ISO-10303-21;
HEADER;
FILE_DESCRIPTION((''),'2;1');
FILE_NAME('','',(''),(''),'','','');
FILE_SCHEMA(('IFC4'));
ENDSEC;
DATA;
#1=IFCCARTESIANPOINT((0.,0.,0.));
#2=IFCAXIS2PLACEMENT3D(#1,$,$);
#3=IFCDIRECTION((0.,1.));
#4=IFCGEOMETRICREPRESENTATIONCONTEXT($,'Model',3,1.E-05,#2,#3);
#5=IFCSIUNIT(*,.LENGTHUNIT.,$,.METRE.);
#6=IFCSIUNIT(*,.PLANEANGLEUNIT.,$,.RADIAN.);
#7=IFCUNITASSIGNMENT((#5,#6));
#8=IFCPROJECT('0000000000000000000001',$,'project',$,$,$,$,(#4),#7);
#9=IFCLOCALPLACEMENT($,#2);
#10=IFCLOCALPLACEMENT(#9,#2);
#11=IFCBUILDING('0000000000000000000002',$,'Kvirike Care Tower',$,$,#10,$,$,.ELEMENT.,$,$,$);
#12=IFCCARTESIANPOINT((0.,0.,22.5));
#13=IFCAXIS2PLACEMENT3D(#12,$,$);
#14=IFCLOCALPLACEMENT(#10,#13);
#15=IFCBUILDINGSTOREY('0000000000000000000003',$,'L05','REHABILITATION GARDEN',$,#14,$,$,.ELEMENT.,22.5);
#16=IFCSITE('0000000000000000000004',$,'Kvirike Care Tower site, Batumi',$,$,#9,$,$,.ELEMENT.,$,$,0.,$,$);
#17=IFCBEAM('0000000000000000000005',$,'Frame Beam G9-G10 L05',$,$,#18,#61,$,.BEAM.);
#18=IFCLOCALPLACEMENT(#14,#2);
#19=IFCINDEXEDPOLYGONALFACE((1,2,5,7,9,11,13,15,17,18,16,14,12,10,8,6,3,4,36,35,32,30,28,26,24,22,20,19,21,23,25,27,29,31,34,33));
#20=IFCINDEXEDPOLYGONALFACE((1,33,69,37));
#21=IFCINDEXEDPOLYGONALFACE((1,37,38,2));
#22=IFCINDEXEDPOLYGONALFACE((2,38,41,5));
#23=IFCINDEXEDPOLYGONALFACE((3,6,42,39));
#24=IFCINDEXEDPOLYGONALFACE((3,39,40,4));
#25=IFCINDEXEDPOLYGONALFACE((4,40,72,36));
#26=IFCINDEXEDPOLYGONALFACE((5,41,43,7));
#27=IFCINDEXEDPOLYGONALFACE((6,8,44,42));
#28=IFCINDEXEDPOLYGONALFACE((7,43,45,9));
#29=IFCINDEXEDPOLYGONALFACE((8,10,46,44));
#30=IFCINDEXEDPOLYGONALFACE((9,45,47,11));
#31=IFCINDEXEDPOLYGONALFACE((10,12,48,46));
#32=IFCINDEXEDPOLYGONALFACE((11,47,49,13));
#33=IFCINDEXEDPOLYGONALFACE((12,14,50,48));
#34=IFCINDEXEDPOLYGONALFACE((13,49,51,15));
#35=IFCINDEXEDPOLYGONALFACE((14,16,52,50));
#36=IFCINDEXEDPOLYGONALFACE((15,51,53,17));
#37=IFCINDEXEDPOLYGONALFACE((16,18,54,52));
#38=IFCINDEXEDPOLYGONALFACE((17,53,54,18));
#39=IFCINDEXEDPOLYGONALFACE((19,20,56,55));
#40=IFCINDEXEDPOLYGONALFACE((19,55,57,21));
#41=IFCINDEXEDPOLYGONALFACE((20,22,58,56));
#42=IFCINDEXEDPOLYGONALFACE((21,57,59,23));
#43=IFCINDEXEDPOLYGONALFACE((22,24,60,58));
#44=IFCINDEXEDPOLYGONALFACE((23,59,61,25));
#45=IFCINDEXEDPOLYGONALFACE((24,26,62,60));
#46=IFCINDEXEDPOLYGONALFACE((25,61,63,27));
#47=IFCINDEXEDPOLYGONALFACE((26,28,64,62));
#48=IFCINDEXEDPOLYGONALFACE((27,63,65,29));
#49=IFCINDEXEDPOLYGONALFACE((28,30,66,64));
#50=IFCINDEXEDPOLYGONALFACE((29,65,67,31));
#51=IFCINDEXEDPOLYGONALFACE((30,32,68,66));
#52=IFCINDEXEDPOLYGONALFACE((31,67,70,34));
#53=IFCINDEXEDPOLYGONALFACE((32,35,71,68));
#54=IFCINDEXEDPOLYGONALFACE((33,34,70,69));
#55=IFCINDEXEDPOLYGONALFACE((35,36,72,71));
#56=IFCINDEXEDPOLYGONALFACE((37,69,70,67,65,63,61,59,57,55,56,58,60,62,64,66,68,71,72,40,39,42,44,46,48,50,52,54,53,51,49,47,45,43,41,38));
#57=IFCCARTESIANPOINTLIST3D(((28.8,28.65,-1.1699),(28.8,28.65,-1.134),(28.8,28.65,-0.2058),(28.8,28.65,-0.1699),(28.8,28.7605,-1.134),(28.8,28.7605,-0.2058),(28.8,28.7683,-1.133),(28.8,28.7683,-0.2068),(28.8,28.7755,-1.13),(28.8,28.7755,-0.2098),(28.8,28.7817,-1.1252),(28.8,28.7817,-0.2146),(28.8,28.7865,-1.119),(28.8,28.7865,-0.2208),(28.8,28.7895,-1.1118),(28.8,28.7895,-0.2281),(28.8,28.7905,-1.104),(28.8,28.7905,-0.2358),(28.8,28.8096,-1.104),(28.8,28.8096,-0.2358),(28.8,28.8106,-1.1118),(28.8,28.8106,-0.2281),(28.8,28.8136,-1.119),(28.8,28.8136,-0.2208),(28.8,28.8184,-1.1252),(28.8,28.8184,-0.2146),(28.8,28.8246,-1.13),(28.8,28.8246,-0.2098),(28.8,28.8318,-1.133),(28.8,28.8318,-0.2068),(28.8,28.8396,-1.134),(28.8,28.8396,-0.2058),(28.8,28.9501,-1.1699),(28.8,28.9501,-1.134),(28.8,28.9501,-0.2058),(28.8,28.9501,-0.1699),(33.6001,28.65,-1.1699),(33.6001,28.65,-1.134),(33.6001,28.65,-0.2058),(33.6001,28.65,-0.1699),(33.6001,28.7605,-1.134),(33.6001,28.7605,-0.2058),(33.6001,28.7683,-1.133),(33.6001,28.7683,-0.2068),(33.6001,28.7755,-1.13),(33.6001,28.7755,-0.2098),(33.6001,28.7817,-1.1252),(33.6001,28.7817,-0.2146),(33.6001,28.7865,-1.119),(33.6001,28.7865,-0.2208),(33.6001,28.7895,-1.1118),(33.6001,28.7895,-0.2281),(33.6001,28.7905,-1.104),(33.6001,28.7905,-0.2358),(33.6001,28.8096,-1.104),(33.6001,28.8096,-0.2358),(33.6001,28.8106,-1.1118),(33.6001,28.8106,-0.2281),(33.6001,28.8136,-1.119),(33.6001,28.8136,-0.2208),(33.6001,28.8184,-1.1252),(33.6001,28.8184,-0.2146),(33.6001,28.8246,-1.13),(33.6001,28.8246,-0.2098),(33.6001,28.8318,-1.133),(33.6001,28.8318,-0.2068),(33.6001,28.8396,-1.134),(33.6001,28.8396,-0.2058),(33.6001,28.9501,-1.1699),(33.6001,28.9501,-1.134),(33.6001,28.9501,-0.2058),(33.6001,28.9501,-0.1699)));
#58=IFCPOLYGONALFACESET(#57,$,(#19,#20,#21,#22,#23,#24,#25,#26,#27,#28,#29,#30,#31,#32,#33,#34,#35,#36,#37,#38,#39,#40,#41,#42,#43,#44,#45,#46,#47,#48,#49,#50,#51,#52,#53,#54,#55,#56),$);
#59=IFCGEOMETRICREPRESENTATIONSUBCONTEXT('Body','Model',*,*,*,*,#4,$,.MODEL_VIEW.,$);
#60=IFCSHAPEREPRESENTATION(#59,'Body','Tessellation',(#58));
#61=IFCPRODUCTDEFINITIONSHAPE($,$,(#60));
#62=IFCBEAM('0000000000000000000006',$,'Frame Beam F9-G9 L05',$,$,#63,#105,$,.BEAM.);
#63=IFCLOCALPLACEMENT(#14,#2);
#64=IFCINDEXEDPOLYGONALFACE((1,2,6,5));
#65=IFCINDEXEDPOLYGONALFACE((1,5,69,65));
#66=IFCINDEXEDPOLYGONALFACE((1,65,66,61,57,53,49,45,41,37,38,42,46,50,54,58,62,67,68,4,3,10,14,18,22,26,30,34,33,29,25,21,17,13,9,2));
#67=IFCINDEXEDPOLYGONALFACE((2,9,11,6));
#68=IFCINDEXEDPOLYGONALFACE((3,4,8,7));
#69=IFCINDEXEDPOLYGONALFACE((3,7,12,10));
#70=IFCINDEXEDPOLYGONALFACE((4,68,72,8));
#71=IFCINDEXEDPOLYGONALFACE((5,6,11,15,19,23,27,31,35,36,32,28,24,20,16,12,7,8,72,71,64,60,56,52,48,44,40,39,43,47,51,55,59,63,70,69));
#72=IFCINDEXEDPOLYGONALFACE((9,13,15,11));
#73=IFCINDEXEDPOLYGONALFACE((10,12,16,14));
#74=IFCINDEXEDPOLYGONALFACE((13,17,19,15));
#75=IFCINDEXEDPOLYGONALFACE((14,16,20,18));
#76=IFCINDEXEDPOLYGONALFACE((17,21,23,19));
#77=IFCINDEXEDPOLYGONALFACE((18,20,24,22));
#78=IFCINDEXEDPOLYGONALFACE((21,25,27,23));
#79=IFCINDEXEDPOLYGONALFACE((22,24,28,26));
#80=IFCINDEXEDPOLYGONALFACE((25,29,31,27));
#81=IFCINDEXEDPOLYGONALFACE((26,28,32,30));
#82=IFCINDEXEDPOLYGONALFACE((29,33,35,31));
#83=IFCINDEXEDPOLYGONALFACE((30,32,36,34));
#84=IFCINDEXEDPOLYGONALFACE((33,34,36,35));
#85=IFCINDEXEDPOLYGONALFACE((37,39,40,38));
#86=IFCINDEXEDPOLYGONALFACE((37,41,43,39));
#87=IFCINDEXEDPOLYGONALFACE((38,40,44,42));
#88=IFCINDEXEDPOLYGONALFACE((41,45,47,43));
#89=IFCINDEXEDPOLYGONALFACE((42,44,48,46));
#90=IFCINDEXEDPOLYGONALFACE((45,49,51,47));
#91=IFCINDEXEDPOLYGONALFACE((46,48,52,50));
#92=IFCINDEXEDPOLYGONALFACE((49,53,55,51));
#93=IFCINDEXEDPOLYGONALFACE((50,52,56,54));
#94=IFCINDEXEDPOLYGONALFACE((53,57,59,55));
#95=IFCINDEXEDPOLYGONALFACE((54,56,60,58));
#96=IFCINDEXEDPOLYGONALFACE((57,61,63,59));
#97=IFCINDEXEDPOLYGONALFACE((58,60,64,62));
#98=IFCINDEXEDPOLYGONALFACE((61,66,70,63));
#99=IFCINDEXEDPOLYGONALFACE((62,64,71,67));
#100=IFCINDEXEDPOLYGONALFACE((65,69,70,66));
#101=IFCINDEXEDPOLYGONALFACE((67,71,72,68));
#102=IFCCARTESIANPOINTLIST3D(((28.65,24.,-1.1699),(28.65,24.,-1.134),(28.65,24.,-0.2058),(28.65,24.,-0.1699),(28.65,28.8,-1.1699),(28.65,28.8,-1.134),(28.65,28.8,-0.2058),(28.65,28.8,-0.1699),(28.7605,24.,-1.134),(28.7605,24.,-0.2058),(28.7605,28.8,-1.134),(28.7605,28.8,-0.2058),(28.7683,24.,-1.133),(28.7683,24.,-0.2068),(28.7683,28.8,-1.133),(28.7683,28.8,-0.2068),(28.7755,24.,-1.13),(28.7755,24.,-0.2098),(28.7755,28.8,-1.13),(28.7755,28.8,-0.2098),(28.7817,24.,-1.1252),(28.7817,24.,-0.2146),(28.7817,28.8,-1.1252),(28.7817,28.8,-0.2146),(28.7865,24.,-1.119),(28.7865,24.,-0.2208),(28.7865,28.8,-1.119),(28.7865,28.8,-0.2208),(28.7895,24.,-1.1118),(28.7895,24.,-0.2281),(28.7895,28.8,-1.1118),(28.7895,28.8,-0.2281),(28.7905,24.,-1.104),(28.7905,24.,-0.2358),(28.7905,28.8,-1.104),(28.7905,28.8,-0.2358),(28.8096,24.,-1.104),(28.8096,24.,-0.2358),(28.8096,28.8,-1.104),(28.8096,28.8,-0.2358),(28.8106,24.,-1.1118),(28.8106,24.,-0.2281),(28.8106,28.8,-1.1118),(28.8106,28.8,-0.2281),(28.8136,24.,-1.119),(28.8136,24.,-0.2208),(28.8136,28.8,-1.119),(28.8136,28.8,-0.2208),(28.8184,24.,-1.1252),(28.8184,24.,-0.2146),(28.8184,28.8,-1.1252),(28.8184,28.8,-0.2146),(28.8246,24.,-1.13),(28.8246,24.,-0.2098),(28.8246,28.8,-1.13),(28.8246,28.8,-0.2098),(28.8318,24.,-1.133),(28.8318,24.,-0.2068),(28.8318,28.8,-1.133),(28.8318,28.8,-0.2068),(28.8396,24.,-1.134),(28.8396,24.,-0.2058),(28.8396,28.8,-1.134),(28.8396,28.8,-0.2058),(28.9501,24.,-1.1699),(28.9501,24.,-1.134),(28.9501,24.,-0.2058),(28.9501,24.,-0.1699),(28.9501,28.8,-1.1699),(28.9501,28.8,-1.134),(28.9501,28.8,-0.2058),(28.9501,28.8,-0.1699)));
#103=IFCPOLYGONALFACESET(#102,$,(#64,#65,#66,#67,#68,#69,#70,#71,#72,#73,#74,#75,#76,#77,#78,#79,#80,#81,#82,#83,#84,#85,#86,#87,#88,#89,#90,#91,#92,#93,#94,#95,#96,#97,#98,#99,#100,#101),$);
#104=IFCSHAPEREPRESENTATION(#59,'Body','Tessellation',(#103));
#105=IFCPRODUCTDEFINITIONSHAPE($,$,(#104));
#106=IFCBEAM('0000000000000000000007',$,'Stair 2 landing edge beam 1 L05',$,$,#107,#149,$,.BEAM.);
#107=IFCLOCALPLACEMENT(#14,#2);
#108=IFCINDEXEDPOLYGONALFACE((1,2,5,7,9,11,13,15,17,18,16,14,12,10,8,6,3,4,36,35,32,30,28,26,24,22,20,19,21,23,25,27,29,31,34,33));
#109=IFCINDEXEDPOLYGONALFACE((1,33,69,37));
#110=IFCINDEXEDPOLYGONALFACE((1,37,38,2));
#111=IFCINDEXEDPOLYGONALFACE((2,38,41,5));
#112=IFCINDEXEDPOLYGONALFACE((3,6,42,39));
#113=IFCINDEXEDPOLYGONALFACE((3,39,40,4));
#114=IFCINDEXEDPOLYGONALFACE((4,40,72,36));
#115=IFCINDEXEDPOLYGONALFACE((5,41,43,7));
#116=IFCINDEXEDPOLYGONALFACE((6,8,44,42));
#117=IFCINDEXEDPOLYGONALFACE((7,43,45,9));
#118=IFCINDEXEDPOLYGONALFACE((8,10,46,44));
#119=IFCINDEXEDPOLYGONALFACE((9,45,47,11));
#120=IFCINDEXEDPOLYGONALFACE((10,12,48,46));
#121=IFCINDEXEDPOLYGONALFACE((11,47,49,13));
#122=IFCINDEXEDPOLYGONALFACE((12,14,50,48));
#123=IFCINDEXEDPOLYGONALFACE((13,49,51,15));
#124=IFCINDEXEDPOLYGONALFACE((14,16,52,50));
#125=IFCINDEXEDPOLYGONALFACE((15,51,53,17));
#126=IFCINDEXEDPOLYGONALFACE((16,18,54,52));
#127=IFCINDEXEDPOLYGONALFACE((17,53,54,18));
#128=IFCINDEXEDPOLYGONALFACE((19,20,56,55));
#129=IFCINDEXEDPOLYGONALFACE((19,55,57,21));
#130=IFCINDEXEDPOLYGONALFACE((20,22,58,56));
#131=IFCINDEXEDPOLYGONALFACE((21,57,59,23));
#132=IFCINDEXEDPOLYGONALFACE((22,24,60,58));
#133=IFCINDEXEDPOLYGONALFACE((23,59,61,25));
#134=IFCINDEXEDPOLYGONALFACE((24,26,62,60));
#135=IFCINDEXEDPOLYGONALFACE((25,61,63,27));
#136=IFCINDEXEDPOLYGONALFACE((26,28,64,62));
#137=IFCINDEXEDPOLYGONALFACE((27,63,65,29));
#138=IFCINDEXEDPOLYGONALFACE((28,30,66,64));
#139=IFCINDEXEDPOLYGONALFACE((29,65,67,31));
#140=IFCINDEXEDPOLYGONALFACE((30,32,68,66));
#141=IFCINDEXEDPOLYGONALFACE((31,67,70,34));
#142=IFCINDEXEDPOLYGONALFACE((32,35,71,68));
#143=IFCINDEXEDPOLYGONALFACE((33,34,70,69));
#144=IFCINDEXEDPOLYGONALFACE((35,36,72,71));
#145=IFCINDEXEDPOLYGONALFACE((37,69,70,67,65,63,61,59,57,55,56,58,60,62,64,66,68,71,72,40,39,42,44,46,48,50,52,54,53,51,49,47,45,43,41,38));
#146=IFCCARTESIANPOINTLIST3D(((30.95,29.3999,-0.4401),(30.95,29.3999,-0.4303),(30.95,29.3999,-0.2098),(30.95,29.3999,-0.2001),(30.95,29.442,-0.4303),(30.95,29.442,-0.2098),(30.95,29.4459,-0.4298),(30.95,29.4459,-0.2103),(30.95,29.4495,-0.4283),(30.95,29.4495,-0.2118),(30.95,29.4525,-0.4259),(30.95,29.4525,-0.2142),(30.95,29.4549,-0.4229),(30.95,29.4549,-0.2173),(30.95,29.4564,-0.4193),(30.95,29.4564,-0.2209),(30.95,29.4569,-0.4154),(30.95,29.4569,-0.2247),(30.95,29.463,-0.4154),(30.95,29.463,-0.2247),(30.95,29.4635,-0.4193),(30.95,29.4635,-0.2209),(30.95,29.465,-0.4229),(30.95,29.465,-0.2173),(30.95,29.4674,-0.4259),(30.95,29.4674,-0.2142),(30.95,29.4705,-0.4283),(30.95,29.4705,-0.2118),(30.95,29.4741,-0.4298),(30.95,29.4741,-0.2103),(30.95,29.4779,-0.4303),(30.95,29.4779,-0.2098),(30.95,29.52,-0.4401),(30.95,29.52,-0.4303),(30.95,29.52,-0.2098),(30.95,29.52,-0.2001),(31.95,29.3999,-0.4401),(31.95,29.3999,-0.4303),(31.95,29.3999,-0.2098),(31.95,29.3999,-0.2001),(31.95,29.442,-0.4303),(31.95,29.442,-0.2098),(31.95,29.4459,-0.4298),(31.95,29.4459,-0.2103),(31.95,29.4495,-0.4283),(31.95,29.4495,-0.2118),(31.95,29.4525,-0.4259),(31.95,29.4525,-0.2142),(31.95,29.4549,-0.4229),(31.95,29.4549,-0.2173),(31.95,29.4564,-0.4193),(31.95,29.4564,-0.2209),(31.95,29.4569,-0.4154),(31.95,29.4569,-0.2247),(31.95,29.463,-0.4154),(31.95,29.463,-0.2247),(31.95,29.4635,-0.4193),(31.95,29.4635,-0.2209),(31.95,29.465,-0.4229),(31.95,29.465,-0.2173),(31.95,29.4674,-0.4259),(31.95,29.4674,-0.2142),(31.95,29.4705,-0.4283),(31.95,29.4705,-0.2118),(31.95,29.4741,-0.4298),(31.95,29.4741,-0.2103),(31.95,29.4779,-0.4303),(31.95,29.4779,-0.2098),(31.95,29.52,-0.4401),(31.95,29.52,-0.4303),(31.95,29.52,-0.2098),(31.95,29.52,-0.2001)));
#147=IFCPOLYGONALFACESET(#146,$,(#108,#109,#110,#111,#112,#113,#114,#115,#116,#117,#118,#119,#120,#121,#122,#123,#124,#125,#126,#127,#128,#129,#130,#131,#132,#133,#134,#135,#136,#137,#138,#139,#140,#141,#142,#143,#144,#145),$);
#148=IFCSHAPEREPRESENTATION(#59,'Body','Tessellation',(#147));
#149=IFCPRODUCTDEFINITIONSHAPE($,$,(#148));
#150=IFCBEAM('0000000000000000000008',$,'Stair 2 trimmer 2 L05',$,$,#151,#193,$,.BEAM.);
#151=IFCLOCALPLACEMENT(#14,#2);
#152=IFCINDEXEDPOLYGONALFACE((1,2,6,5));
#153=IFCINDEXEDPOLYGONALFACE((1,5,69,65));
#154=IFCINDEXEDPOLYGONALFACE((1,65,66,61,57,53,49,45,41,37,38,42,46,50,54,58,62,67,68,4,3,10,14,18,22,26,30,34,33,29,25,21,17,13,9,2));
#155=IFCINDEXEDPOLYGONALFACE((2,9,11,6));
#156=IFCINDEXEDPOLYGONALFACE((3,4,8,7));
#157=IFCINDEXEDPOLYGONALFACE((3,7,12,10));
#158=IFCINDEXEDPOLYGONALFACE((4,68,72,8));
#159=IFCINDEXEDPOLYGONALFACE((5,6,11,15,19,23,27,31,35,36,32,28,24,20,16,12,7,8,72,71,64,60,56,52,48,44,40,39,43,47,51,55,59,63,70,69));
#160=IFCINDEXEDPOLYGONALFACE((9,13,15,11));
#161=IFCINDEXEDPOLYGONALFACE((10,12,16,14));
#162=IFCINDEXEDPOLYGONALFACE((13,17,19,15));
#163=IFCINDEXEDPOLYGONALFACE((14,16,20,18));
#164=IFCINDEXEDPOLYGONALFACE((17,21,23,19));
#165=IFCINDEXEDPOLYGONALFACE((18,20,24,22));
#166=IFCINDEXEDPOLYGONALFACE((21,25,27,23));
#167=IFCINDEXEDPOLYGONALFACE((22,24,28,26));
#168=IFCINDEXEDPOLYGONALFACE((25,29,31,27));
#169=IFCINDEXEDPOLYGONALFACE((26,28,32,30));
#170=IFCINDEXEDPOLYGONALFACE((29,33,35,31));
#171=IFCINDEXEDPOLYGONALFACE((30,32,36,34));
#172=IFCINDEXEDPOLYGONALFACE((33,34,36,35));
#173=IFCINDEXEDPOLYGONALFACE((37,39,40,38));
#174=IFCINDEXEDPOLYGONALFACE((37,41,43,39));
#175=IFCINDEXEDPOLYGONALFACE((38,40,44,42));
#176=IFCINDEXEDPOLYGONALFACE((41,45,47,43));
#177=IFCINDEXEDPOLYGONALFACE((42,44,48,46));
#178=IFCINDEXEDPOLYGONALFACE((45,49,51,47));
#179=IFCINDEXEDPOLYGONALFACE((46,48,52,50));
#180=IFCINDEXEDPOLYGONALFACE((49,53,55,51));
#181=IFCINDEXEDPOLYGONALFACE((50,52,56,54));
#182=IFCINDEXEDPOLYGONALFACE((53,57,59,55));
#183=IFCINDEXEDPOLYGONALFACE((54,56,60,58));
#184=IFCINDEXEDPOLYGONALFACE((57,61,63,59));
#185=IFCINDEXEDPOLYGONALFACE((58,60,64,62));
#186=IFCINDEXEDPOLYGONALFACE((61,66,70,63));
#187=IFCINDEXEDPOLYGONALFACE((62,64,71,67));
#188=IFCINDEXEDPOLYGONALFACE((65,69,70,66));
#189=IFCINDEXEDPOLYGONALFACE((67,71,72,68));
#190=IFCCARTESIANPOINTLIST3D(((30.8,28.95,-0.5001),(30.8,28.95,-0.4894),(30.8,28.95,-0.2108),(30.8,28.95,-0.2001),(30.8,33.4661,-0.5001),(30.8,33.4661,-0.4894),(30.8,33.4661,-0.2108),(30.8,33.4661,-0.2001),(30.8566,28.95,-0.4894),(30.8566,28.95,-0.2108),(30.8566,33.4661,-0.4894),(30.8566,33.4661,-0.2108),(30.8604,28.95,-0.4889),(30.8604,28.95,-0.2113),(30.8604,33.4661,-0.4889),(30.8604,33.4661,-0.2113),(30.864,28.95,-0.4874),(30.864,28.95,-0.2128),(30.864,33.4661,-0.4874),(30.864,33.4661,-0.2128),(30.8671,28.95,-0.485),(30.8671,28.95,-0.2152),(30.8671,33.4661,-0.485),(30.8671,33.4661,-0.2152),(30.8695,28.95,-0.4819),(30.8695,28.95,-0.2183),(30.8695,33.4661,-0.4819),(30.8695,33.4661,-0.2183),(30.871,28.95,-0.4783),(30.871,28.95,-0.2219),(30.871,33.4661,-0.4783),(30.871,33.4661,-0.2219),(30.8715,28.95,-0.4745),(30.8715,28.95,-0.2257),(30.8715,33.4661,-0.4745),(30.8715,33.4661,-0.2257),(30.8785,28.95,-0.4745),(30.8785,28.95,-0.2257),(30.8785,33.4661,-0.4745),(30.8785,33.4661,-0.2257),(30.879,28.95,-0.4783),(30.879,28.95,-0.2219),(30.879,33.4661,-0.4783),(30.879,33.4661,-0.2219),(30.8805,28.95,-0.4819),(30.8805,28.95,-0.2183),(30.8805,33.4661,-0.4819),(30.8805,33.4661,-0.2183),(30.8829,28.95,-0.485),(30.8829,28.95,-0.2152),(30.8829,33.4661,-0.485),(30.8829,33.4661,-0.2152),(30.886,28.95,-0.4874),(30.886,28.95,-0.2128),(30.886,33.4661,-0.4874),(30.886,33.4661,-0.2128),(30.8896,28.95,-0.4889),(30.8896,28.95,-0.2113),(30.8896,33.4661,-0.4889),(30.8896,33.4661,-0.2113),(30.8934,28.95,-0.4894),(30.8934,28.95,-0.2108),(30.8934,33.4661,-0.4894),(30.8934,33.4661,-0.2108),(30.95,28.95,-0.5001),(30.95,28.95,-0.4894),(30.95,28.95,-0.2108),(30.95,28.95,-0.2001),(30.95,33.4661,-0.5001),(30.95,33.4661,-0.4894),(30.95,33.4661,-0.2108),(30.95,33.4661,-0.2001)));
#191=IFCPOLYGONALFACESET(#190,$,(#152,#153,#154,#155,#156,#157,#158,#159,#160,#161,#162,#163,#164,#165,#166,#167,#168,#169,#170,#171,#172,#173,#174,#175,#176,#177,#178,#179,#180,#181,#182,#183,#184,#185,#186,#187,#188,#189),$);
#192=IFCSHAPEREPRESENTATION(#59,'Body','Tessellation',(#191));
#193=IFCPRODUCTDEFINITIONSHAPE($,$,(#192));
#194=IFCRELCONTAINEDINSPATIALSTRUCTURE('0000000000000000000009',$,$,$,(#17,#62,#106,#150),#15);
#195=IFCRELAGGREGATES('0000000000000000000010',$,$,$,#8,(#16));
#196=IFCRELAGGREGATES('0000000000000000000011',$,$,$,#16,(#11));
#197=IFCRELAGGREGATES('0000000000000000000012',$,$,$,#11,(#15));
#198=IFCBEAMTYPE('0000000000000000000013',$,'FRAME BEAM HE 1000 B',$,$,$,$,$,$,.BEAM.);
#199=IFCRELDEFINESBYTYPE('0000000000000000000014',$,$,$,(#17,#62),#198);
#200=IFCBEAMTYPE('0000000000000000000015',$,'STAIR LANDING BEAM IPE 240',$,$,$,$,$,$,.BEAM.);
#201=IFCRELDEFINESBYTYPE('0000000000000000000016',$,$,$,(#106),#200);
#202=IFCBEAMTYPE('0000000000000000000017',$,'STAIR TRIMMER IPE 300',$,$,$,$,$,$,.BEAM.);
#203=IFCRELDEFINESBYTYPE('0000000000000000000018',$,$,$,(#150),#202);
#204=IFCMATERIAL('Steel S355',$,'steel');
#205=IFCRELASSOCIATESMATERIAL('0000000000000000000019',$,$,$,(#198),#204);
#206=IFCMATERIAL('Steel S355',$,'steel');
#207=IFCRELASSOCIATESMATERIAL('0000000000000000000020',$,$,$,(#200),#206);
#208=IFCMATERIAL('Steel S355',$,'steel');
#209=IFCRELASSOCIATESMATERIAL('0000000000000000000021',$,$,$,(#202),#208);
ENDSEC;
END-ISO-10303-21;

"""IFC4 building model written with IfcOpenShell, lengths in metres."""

from ifc_helpers import new_model, si_unit, direction, frame, origin, origin_2d, place, context, subcontext, project, spatial, i_section, extrude, material, material_profile, profile_set, type_object, element, save


model = new_model("IFC4")

# Units and contexts
model_context = context("Model", 3, precision=1e-05, world=origin(), true_north=direction((0.0, 1.0)))
body_context = subcontext(model_context, "Body", "Model", "MODEL_VIEW")
ifc_project = project(units=[si_unit("LENGTHUNIT", "METRE"), si_unit("PLANEANGLEUNIT", "RADIAN")], contexts=[model_context])

# Site, building, storey
site_placement = place(None, origin())
site = spatial("IfcSite", under=ifc_project, at=site_placement, Name="Kvirike Care Tower site, Batumi", CompositionType="ELEMENT", RefElevation=0.0)
building_placement = place(site_placement, origin())
building = spatial("IfcBuilding", under=site, at=building_placement, Name="Kvirike Care Tower", CompositionType="ELEMENT")
storey_placement = place(building_placement, frame((0.0, 0.0, 22.5)))
storey = spatial("IfcBuildingStorey", under=building, at=storey_placement, Name="L05", Description="REHABILITATION GARDEN", CompositionType="ELEMENT", Elevation=22.5)

# Beams
ifc_material_1 = material(Name="Steel S355", Category="steel")
ifc_material_profile_1 = material_profile(ifc_material_1, i_section(OverallWidth=0.3, OverallDepth=1.0, WebThickness=0.019, FlangeThickness=0.0359, FilletRadius=0.03, at=origin_2d()), Name="HE 1000 B")
ifc_profile_set_1 = profile_set([ifc_material_profile_1], Name="Steel S355")
beam_type_1 = type_object("IfcBeamType", Name="FRAME BEAM HE 1000 B", PredefinedType="BEAM", material=ifc_profile_set_1)
for number, where, z_axis, x_axis, name in (
    (1, (28.8, 28.8, -0.6699), (1.0, 0.0, 0.0), (0.0, 1.0, 0.0), "Frame Beam G9-G10 L05"),
    (2, (28.8, 24.0, -0.6699), (0.0, 1.0, 0.0), (-1.0, 0.0, 0.0), "Frame Beam F9-G9 L05"),
):
    element("IfcBeam", number, at=place(storey_placement, frame(where, z_axis=z_axis, x_axis=x_axis)), inside=storey, type_object=beam_type_1, Name=name, PredefinedType="BEAM", context=body_context, shape_type="SweptSolid", body=[
        extrude(i_section(OverallWidth=0.3, OverallDepth=1.0, WebThickness=0.019, FlangeThickness=0.0359, FilletRadius=0.03, at=origin_2d()), origin(), (0.0, 0.0, 1.0), 4.8),
    ])
ifc_material_2 = material(Name="Steel S355", Category="steel")
ifc_material_profile_2 = material_profile(ifc_material_2, i_section(OverallWidth=0.1201, OverallDepth=0.24, WebThickness=0.0061, FlangeThickness=0.0098, FilletRadius=0.0149, at=origin_2d()), Name="IPE 240")
ifc_profile_set_2 = profile_set([ifc_material_profile_2], Name="Steel S355")
beam_type_2 = type_object("IfcBeamType", Name="STAIR LANDING BEAM IPE 240", PredefinedType="BEAM", material=ifc_profile_set_2)
beam_1_placement = place(storey_placement, frame((31.95, 29.46, -0.3201), z_axis=(-1.0, 0.0, 0.0), x_axis=(0.0, -1.0, 0.0)))
element("IfcBeam", 3, at=beam_1_placement, inside=storey, type_object=beam_type_2, Name="Stair 2 landing edge beam 1 L05", PredefinedType="BEAM", context=body_context, shape_type="SweptSolid", body=[
    extrude(i_section(OverallWidth=0.1201, OverallDepth=0.24, WebThickness=0.0061, FlangeThickness=0.0098, FilletRadius=0.0149, at=origin_2d()), origin(), (0.0, 0.0, 1.0), 1.0),
])
ifc_material_3 = material(Name="Steel S355", Category="steel")
ifc_material_profile_3 = material_profile(ifc_material_3, i_section(OverallWidth=0.1499, OverallDepth=0.3, WebThickness=0.0071, FlangeThickness=0.0107, FilletRadius=0.0149, at=origin_2d()), Name="IPE 300")
ifc_profile_set_3 = profile_set([ifc_material_profile_3], Name="Steel S355")
beam_type_3 = type_object("IfcBeamType", Name="STAIR TRIMMER IPE 300", PredefinedType="BEAM", material=ifc_profile_set_3)
beam_2_placement = place(storey_placement, frame((30.875, 28.95, -0.3501), z_axis=(0.0, 1.0, 0.0), x_axis=(-1.0, 0.0, 0.0)))
element("IfcBeam", 4, at=beam_2_placement, inside=storey, type_object=beam_type_3, Name="Stair 2 trimmer 2 L05", PredefinedType="BEAM", context=body_context, shape_type="SweptSolid", body=[
    extrude(i_section(OverallWidth=0.1499, OverallDepth=0.3, WebThickness=0.0071, FlangeThickness=0.0107, FilletRadius=0.0149, at=origin_2d()), origin(), (0.0, 0.0, 1.0), 4.5161),
])

save(model, "model.ifc")
